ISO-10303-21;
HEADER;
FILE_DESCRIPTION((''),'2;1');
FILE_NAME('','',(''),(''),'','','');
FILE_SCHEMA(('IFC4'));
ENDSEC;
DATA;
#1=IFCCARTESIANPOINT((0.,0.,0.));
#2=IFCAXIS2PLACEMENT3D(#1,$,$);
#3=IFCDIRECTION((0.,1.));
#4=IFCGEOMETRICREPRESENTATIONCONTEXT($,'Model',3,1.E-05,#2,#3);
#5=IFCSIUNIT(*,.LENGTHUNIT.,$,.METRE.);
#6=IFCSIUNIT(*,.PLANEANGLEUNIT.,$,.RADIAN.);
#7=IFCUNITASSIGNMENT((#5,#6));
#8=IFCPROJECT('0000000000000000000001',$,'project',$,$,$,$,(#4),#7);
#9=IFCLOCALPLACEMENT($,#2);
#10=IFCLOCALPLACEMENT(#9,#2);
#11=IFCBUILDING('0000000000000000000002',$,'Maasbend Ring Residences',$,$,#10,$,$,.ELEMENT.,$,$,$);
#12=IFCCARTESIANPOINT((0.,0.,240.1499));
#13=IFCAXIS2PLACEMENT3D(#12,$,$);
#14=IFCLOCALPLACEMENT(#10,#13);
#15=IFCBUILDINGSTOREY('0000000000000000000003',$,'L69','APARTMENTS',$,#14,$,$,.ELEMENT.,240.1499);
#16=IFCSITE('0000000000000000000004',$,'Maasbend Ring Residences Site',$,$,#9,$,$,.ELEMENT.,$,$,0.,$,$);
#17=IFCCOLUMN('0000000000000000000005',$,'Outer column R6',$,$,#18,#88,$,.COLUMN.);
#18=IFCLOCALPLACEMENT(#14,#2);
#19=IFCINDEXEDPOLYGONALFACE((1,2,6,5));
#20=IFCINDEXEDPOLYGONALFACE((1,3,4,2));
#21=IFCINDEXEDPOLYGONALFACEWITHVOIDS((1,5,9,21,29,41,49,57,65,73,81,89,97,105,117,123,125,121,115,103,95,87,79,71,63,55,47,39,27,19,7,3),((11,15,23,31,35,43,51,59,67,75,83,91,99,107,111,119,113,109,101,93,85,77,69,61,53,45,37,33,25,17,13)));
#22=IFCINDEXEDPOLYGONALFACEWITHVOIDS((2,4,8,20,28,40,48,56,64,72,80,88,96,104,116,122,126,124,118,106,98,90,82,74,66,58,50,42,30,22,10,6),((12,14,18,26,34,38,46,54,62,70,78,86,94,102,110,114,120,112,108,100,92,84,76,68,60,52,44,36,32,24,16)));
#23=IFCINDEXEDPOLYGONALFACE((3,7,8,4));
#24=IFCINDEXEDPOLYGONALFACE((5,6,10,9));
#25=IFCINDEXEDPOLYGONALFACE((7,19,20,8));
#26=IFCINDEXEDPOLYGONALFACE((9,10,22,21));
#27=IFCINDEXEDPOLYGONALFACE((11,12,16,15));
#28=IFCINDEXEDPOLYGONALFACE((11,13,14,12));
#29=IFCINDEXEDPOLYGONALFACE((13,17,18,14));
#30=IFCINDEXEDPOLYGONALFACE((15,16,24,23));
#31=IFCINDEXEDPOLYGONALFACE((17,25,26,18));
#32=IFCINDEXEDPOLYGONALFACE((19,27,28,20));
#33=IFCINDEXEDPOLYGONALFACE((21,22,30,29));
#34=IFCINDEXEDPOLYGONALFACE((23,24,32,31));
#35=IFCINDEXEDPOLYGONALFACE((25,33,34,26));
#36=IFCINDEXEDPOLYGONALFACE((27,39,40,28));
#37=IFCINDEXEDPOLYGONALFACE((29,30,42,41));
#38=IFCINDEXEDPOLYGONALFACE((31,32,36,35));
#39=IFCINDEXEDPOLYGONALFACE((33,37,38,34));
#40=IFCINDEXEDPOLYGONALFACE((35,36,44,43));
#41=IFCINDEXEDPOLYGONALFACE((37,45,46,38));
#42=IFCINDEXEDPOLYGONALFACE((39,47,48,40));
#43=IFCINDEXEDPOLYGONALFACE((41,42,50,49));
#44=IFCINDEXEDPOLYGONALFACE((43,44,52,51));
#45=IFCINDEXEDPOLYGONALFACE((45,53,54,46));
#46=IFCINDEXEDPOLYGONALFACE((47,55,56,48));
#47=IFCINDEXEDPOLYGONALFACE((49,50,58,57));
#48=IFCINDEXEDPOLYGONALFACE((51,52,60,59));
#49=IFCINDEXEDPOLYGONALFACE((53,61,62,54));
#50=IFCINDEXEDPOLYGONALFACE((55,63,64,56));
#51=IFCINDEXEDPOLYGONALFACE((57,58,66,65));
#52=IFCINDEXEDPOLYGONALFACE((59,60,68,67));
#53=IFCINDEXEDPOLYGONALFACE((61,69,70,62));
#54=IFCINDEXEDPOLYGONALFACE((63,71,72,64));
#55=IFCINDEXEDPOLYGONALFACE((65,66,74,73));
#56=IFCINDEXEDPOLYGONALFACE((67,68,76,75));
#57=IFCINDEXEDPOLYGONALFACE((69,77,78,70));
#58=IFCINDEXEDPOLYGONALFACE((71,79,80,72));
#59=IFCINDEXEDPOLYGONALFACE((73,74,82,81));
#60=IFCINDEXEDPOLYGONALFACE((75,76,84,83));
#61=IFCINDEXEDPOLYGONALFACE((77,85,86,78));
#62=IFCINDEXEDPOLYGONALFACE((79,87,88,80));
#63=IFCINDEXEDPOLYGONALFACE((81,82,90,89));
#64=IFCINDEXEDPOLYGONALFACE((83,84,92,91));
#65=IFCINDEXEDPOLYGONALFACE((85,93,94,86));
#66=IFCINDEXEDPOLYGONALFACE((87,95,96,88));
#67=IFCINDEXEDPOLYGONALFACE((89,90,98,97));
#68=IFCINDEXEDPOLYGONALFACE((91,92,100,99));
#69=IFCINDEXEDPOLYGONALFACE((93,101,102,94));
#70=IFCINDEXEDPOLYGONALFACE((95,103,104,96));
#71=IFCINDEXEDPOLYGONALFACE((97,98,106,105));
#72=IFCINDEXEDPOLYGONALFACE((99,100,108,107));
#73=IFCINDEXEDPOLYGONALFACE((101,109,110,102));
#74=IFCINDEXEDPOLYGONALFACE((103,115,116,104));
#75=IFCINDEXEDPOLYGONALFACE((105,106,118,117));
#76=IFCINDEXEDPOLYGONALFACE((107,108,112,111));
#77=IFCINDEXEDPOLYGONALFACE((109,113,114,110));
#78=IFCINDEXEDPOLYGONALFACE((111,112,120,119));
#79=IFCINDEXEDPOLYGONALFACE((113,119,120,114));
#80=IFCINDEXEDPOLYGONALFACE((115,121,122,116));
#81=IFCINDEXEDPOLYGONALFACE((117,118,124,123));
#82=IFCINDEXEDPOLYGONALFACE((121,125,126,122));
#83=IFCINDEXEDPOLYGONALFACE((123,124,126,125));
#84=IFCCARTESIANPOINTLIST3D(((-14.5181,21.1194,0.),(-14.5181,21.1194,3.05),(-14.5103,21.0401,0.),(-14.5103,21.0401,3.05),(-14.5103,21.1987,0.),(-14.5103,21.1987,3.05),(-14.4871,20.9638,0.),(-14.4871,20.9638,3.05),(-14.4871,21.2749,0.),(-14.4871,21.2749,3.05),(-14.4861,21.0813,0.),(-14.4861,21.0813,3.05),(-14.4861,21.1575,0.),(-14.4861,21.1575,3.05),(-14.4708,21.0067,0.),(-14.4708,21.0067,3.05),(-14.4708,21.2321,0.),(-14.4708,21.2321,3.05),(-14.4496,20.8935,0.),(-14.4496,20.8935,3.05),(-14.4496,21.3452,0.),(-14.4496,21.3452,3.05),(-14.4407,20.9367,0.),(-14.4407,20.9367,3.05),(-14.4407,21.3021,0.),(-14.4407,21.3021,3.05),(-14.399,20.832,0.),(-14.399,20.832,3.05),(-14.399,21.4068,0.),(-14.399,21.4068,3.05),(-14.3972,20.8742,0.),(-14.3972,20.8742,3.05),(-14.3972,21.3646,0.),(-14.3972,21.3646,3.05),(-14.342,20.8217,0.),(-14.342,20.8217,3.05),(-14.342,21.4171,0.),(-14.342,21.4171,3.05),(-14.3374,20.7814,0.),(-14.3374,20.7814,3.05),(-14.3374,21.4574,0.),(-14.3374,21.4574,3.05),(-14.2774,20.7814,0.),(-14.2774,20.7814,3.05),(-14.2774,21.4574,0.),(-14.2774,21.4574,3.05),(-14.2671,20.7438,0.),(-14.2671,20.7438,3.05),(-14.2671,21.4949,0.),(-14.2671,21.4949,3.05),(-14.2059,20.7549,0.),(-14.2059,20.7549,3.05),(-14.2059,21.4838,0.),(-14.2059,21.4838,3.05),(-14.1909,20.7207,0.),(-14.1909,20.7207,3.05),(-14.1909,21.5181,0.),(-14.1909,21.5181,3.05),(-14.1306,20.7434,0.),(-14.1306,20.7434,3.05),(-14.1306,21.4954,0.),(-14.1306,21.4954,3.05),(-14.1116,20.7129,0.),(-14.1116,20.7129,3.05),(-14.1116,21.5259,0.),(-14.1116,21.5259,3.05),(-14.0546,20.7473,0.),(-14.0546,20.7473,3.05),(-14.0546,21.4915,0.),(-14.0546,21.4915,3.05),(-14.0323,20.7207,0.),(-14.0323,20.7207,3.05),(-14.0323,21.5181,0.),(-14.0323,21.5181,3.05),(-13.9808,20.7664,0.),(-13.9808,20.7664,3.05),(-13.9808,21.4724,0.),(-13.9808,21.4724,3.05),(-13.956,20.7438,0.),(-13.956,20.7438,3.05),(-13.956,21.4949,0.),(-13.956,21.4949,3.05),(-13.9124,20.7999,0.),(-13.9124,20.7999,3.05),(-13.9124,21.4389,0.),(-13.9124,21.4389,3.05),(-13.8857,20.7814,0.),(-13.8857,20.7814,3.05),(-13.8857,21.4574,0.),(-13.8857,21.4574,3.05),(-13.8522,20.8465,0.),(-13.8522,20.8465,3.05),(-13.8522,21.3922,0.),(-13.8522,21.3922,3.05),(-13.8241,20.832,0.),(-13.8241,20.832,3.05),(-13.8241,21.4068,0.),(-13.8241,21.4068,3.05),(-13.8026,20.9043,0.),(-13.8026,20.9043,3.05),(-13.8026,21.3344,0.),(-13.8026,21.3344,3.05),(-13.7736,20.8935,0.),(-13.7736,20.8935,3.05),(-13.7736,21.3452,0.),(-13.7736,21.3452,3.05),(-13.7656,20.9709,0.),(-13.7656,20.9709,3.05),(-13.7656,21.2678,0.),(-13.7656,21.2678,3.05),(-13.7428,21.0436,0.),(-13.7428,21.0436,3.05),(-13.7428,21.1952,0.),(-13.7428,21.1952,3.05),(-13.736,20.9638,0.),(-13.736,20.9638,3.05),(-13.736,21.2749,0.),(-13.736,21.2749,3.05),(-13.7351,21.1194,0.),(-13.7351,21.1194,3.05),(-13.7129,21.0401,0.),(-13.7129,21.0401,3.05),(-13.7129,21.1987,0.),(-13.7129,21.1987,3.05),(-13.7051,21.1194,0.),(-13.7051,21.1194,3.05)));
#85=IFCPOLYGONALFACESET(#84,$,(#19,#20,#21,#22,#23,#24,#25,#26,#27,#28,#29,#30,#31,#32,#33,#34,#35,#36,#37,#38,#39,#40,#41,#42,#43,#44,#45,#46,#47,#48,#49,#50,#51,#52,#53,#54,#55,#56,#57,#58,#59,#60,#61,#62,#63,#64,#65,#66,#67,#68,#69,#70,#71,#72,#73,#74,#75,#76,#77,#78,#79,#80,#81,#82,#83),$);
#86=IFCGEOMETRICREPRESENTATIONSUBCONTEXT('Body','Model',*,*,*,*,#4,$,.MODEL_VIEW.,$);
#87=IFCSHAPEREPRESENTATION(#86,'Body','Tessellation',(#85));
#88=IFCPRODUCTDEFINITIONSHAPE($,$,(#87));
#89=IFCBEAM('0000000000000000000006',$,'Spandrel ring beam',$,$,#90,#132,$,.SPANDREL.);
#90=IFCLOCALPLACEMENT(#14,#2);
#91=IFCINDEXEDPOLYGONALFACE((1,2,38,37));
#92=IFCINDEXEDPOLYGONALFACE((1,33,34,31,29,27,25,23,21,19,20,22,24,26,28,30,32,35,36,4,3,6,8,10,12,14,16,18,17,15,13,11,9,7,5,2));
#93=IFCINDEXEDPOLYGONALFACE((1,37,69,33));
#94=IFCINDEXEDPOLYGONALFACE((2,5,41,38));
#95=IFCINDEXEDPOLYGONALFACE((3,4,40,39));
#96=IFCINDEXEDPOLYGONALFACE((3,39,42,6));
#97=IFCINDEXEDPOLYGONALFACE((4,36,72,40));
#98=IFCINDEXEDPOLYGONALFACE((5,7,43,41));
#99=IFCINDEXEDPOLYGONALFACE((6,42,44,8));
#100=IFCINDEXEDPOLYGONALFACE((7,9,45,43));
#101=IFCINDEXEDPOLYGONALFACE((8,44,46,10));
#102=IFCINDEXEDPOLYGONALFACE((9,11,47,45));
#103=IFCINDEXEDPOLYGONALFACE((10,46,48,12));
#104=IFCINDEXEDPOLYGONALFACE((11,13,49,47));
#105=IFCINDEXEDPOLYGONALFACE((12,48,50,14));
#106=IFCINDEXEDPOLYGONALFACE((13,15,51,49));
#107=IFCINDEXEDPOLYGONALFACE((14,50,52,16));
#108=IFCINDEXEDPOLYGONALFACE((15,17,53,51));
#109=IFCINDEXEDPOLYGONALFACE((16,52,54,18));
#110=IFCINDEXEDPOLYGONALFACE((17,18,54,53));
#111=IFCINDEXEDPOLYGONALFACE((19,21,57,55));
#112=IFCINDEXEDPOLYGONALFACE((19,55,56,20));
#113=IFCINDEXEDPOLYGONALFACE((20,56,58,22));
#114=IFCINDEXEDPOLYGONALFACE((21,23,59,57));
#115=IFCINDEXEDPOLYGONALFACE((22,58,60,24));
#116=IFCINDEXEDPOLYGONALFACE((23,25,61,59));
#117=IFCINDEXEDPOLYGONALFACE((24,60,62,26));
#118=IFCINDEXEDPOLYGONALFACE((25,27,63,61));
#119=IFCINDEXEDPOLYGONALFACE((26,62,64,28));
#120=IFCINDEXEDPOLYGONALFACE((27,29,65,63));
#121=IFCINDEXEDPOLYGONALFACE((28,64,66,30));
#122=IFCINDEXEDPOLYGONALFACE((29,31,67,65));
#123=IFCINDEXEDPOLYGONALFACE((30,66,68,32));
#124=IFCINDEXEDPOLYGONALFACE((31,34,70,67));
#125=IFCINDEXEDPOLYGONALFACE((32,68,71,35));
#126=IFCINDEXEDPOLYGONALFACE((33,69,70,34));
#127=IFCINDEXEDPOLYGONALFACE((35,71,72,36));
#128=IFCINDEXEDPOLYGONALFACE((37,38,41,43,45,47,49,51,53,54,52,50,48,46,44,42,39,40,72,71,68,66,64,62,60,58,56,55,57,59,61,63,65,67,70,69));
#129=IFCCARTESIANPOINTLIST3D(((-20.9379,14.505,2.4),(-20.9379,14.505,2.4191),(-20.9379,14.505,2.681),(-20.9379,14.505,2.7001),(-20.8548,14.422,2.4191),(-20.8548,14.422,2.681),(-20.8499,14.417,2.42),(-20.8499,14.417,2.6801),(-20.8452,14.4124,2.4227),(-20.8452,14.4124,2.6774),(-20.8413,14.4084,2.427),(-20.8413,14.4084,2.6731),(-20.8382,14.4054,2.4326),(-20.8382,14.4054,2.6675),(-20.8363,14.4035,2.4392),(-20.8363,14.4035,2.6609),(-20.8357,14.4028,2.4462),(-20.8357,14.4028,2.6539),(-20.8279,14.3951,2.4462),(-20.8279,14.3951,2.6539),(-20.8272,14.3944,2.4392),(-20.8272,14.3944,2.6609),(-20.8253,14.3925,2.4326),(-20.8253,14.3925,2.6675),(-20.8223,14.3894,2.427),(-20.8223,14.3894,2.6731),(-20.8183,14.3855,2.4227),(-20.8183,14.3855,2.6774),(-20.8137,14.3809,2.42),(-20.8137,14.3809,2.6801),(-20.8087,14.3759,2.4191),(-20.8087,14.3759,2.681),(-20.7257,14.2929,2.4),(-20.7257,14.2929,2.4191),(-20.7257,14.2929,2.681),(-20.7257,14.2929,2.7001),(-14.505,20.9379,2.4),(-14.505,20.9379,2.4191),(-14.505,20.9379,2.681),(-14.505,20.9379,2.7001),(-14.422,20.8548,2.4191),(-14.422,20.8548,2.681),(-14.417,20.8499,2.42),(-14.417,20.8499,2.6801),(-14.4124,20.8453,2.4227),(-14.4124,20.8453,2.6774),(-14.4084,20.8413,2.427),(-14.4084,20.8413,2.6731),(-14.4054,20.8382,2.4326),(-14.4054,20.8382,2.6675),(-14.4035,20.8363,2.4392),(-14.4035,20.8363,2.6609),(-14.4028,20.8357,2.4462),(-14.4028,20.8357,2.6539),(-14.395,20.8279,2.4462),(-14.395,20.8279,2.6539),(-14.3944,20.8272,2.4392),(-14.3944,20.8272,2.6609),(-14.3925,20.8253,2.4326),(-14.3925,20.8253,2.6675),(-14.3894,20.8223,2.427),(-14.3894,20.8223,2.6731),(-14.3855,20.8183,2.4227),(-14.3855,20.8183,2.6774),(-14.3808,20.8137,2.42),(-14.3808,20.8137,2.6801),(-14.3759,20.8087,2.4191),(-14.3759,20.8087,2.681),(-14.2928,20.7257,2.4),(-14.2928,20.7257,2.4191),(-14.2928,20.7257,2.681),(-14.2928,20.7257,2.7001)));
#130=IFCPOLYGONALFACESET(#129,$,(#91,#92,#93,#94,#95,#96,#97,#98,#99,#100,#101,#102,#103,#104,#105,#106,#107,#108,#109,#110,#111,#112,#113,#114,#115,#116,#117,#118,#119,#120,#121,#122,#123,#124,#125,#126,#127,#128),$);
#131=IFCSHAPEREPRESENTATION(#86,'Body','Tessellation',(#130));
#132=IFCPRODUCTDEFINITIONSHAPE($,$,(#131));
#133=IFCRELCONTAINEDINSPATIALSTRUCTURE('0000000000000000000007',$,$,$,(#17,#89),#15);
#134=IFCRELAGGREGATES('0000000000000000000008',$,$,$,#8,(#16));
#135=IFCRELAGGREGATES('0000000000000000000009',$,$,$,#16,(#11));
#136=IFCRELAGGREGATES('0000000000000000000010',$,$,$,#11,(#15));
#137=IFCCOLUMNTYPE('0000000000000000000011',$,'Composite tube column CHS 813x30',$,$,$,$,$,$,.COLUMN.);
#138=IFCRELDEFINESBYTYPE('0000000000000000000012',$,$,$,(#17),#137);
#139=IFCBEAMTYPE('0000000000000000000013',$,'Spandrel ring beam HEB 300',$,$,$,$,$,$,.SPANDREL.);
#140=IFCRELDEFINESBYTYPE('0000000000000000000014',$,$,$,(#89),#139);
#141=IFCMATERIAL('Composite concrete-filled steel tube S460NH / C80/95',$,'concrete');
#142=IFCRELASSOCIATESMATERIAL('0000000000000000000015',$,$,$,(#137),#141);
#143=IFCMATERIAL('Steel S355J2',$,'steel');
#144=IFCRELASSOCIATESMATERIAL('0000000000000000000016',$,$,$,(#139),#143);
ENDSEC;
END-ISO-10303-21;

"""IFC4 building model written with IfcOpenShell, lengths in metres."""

from ifc_helpers import new_model, si_unit, direction, frame, origin, origin_2d, place, context, subcontext, project, spatial, hollow_circle, i_section, extrude, material, material_profile, profile_set, type_object, element, save


model = new_model("IFC4")

# Units and contexts
model_context = context("Model", 3, precision=1e-05, world=origin(), true_north=direction((0.0, 1.0)))
body_context = subcontext(model_context, "Body", "Model", "MODEL_VIEW")
ifc_project = project(units=[si_unit("LENGTHUNIT", "METRE"), si_unit("PLANEANGLEUNIT", "RADIAN")], contexts=[model_context])

# Site, building, storey
site_placement = place(None, origin())
site = spatial("IfcSite", under=ifc_project, at=site_placement, Name="Maasbend Ring Residences Site", CompositionType="ELEMENT", RefElevation=0.0)
building_placement = place(site_placement, origin())
building = spatial("IfcBuilding", under=site, at=building_placement, Name="Maasbend Ring Residences", CompositionType="ELEMENT")
storey_placement = place(building_placement, frame((0.0, 0.0, 240.1499)))
storey = spatial("IfcBuildingStorey", under=building, at=storey_placement, Name="L69", Description="APARTMENTS", CompositionType="ELEMENT", Elevation=240.1499)

# Column
ifc_material_1 = material(Name="Composite concrete-filled steel tube S460NH / C80/95", Category="concrete")
ifc_material_profile_1 = material_profile(ifc_material_1, hollow_circle(Radius=0.4065, WallThickness=0.03, at=origin_2d()), Name="Composite tube column CHS 813x30")
ifc_profile_set_1 = profile_set([ifc_material_profile_1], Name="Composite concrete-filled steel tube S460NH / C80/95")
column_type = type_object("IfcColumnType", Name="Composite tube column CHS 813x30", PredefinedType="COLUMN", material=ifc_profile_set_1)
column_placement = place(storey_placement, frame((-14.1116, 21.1194, 0.0), z_axis=(0.0, 0.0, 1.0), x_axis=(1.0, 0.0, 0.0)))
element("IfcColumn", 1, at=column_placement, inside=storey, type_object=column_type, Name="Outer column R6", PredefinedType="COLUMN", context=body_context, shape_type="SweptSolid", body=[
    extrude(hollow_circle(Radius=0.4065, WallThickness=0.03, at=origin_2d()), origin(), (0.0, 0.0, 1.0), 3.05),
])

# Beam
ifc_material_2 = material(Name="Steel S355J2", Category="steel")
ifc_material_profile_2 = material_profile(ifc_material_2, i_section(OverallWidth=0.3, OverallDepth=0.3, WebThickness=0.011, FlangeThickness=0.019, FilletRadius=0.0271, at=origin_2d()), Name="HEB 300")
ifc_profile_set_2 = profile_set([ifc_material_profile_2], Name="Steel S355J2")
beam_type = type_object("IfcBeamType", Name="Spandrel ring beam HEB 300", PredefinedType="SPANDREL", material=ifc_profile_set_2)
beam_placement = place(storey_placement, frame((-14.3989, 20.8318, 2.55), z_axis=(-0.707107, -0.707107, 0.0), x_axis=(0.707107, -0.707107, 0.0)))
element("IfcBeam", 2, at=beam_placement, inside=storey, type_object=beam_type, Name="Spandrel ring beam", PredefinedType="SPANDREL", context=body_context, shape_type="SweptSolid", body=[
    extrude(i_section(OverallWidth=0.3, OverallDepth=0.3, WebThickness=0.011, FlangeThickness=0.019, FilletRadius=0.0271, at=origin_2d()), origin(), (0.0, 0.0, 1.0), 9.0974),
])

save(model, "model.ifc")
